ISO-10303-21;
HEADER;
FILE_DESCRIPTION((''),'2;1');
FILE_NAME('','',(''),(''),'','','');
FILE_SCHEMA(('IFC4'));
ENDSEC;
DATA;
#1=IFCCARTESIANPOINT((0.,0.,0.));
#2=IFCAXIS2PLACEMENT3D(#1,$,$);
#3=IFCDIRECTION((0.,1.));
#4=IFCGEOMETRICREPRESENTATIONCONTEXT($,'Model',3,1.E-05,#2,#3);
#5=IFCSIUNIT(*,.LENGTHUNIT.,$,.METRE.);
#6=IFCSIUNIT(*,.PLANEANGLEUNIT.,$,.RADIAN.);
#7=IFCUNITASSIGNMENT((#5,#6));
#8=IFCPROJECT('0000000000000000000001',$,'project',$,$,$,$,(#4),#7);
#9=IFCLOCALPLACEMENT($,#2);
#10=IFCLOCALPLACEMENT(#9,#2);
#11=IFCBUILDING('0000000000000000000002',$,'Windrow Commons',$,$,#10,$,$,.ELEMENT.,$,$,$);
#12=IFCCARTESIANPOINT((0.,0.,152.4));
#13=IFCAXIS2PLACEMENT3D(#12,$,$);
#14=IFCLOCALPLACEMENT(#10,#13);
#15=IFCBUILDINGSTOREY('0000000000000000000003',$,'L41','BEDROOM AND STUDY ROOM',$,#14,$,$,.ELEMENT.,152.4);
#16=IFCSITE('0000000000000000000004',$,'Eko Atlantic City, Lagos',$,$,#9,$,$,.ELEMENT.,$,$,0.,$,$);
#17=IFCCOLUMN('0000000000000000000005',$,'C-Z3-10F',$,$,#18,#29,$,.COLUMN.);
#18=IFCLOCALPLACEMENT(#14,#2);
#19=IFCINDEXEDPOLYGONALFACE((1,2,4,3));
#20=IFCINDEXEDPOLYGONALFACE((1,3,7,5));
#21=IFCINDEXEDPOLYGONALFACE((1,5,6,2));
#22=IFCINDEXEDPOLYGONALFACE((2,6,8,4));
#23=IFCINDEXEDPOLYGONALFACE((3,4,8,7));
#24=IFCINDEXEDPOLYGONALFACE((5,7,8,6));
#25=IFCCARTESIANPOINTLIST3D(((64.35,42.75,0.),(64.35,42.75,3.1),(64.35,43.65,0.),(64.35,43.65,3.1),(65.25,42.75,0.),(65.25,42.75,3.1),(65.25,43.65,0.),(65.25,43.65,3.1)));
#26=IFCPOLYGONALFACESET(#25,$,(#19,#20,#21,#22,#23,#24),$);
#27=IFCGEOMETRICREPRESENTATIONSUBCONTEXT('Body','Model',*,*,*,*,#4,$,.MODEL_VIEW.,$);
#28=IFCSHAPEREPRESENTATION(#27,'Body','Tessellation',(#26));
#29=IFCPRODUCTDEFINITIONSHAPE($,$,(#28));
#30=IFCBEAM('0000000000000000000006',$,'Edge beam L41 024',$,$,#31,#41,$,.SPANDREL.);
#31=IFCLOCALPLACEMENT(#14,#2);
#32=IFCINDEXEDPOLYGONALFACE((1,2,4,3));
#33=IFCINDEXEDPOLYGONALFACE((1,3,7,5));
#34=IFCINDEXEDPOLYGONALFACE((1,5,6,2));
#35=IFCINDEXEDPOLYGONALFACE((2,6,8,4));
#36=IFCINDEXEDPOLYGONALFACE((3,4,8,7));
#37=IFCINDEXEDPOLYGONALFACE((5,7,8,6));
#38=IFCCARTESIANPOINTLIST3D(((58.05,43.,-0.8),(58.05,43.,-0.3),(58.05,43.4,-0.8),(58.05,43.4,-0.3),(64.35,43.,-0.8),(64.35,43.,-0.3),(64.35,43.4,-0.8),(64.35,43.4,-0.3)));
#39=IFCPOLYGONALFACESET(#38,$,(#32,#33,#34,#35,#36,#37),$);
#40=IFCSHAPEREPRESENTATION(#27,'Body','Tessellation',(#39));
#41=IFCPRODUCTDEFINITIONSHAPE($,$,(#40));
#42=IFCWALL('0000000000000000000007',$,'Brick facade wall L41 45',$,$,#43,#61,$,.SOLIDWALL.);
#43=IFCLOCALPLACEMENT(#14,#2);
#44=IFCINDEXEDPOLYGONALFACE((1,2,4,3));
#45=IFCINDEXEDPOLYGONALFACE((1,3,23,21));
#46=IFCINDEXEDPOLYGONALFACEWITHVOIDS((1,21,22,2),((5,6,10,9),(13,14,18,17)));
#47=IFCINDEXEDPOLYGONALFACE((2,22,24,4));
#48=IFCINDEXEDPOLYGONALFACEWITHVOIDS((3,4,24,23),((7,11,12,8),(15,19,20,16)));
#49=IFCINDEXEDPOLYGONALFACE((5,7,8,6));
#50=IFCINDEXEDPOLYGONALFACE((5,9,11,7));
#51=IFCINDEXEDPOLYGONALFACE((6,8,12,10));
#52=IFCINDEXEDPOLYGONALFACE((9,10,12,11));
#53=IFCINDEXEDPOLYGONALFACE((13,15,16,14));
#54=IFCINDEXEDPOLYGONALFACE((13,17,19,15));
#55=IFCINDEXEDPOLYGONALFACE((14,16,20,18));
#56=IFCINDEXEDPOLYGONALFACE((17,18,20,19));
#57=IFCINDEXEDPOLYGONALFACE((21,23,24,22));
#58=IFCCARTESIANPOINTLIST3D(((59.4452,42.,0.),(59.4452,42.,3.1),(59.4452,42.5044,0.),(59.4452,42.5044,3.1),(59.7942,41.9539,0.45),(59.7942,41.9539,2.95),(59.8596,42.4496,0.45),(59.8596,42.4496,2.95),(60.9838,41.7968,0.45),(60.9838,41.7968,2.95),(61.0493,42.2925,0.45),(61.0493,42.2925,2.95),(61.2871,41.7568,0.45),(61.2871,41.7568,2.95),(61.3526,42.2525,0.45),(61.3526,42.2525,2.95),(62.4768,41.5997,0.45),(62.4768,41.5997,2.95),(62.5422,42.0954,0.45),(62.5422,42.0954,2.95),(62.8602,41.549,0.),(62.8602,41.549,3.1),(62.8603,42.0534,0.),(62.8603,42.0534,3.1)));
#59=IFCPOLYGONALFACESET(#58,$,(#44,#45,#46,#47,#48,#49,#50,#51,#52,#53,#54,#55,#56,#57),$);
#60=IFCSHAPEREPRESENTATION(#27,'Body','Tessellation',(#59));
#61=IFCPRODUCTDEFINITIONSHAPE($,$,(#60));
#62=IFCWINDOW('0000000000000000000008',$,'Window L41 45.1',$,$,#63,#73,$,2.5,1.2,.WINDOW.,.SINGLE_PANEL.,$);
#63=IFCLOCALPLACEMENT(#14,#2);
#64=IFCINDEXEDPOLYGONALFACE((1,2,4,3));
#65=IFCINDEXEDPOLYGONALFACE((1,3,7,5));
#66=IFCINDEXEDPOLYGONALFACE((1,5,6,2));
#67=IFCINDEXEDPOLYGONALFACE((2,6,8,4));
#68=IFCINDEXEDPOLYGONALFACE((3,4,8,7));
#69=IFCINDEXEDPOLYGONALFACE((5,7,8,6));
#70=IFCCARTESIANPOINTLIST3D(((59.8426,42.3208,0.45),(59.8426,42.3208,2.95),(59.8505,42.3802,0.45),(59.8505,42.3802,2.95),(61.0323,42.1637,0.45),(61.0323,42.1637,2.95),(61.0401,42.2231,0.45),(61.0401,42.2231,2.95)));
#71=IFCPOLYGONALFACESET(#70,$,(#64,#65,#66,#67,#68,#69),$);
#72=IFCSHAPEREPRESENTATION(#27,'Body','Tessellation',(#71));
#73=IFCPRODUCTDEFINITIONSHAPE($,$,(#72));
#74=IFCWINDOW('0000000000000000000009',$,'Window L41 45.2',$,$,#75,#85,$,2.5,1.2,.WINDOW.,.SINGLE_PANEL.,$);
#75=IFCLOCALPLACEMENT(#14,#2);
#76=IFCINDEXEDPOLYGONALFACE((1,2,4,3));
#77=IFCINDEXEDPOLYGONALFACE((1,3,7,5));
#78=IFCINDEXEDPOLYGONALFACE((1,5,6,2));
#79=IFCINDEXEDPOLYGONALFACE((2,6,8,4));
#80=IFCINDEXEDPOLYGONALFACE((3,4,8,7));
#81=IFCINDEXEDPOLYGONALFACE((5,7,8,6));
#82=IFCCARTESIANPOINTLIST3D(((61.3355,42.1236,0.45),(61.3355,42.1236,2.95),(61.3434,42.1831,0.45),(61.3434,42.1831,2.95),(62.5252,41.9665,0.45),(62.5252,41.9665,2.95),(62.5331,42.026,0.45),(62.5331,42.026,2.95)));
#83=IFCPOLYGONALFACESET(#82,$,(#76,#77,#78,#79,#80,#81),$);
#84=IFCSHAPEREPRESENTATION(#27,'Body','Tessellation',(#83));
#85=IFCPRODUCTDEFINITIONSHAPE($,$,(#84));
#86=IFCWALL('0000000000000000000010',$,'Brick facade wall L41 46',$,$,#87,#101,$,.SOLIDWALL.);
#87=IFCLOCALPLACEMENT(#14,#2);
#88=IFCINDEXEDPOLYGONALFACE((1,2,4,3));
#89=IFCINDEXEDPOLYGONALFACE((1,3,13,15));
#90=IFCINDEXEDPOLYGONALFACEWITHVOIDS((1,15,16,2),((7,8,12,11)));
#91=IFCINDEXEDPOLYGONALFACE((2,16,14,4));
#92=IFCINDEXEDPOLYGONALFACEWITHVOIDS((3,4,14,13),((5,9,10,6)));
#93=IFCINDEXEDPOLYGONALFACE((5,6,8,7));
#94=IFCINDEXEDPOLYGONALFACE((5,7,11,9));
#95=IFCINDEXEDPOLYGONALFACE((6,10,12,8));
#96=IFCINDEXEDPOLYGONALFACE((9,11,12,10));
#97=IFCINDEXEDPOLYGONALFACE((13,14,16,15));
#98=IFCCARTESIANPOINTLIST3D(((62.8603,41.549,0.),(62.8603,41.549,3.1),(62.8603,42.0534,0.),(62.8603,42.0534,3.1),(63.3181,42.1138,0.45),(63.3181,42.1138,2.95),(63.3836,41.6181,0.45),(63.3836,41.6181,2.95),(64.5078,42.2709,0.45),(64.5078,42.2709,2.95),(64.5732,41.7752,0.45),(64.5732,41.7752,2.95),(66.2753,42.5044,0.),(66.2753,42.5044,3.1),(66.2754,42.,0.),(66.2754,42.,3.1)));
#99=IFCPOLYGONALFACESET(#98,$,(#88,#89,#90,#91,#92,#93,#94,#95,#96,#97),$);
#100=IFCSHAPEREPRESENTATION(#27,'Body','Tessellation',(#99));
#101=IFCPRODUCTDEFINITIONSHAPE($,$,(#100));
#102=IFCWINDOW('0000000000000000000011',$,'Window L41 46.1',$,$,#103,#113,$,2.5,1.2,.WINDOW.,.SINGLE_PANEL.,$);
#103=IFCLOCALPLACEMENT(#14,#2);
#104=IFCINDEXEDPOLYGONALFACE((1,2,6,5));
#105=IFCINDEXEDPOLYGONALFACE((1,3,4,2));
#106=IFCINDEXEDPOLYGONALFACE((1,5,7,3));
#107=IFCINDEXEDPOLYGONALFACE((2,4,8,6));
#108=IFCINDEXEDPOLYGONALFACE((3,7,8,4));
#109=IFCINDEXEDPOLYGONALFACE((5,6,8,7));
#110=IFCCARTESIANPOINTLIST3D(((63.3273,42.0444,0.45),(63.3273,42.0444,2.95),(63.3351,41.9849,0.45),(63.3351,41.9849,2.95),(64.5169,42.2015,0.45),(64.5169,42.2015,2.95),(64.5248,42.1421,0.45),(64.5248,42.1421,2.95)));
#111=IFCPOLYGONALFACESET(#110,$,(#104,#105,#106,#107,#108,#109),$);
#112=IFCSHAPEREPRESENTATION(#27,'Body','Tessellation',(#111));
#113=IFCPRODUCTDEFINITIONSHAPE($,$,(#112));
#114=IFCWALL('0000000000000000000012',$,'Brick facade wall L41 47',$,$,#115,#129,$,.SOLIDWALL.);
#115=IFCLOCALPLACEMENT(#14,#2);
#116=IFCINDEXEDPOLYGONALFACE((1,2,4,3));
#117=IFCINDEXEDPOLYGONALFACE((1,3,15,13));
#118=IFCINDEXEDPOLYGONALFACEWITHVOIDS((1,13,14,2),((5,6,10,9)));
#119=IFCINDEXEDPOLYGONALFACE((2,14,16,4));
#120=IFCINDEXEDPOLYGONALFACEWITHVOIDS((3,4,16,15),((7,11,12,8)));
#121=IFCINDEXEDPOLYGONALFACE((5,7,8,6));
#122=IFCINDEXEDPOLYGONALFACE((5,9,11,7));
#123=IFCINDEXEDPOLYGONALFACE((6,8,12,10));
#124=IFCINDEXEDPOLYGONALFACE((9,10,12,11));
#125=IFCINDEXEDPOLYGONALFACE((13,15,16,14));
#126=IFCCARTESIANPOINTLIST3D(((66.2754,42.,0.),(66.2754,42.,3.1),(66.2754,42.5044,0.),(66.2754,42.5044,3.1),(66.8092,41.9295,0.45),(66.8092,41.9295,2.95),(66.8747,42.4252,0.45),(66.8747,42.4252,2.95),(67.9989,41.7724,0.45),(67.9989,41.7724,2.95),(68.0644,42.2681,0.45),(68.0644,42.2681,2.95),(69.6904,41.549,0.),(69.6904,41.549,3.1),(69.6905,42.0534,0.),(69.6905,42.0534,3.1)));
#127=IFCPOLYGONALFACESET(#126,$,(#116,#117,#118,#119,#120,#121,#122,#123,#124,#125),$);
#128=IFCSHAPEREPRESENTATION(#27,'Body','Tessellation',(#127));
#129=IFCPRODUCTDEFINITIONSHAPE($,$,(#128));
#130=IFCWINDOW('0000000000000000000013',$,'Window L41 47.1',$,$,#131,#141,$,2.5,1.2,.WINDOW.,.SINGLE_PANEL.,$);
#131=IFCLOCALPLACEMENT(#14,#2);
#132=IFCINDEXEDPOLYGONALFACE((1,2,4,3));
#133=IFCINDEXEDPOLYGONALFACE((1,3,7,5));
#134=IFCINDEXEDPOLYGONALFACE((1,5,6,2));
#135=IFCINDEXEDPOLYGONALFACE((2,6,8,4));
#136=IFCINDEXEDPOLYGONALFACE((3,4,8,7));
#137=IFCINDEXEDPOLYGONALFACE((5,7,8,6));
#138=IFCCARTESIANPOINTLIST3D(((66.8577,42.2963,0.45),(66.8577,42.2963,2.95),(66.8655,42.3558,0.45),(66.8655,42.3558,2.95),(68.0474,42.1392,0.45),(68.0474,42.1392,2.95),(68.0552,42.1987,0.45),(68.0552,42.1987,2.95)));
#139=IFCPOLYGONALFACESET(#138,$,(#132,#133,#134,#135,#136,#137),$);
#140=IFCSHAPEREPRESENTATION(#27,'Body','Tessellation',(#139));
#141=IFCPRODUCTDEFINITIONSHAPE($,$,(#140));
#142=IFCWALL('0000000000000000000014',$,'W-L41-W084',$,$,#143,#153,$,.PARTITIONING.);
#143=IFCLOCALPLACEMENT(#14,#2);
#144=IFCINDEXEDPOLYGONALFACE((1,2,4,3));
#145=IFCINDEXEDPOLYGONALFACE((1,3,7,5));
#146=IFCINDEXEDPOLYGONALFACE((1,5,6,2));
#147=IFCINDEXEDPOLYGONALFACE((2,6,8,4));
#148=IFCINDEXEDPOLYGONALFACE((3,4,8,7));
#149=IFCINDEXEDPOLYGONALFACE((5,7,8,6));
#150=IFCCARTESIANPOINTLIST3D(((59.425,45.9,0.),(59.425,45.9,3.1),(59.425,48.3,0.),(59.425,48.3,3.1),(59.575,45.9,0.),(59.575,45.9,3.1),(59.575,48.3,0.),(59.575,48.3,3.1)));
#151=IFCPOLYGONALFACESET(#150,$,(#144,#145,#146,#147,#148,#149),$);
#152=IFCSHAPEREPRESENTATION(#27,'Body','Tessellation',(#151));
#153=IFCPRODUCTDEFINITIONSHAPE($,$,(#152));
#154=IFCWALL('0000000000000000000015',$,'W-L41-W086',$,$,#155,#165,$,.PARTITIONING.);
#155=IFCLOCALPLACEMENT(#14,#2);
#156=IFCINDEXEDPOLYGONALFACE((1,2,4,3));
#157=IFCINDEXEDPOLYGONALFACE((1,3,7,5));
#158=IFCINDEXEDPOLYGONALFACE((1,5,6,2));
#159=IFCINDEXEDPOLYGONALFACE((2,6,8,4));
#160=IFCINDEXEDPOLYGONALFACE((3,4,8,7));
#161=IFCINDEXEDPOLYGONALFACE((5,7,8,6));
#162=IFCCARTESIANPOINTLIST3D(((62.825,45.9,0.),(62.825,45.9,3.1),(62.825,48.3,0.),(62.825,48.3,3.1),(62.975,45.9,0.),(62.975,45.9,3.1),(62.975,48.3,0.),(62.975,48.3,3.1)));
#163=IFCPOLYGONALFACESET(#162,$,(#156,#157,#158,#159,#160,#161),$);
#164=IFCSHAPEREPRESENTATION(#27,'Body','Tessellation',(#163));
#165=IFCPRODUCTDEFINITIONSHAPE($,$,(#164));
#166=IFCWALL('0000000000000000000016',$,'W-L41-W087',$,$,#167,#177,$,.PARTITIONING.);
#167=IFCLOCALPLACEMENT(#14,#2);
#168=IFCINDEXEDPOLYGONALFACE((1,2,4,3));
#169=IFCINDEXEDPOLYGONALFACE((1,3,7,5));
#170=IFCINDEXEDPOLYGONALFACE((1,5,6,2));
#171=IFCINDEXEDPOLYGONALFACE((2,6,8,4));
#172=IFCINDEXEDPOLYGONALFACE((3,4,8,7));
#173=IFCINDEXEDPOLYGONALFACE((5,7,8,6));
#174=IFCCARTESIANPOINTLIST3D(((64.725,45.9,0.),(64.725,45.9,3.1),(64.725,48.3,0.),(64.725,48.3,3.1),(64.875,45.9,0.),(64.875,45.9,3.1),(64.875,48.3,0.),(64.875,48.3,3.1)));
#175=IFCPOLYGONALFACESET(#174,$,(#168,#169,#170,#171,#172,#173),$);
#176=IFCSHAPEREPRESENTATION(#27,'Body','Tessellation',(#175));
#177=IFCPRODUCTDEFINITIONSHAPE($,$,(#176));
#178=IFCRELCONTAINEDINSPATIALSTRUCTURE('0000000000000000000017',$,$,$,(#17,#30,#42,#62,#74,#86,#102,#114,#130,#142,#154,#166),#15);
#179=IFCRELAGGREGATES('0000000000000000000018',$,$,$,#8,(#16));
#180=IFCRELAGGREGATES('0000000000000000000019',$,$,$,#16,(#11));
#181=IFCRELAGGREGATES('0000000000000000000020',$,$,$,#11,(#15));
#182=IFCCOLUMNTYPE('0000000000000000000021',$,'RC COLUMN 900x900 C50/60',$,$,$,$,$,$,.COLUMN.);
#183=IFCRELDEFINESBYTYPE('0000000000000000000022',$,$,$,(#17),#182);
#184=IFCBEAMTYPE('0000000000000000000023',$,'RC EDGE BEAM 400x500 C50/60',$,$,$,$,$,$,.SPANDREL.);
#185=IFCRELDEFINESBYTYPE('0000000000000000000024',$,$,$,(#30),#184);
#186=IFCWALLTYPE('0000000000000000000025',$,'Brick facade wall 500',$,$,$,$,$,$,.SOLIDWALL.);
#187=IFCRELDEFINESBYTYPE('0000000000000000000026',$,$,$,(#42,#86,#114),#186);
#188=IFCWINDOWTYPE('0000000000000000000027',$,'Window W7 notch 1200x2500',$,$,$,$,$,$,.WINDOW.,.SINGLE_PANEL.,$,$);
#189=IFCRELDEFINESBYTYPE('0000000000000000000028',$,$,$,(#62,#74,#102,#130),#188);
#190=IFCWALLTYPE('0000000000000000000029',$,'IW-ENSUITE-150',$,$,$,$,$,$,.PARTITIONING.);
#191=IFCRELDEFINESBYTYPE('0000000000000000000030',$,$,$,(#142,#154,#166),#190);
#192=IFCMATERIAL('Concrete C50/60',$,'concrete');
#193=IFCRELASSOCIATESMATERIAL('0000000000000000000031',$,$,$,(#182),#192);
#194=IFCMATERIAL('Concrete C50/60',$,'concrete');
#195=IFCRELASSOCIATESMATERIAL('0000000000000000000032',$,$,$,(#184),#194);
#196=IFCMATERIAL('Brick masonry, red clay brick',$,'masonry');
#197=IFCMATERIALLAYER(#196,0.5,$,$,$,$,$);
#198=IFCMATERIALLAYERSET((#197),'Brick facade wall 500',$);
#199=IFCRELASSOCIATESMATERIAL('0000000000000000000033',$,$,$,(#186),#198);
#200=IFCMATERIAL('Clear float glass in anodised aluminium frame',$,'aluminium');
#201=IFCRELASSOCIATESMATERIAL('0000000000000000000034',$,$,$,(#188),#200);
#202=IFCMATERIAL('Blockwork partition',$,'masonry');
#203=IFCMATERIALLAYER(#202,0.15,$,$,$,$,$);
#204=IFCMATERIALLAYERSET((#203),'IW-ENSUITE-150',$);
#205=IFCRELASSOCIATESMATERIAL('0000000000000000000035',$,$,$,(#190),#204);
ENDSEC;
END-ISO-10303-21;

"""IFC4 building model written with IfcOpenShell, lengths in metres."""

from ifc_helpers import new_model, si_unit, direction, frame, frame_2d, origin, origin_2d, place, context, subcontext, project, spatial, polyline, rectangle, outline, extrude, material, layer, layer_set, material_profile, profile_set, type_object, element, fill, save


model = new_model("IFC4")

# Units and contexts
model_context = context("Model", 3, precision=1e-05, world=origin(), true_north=direction((0.0, 1.0)))
body_context = subcontext(model_context, "Body", "Model", "MODEL_VIEW")
ifc_project = project(units=[si_unit("LENGTHUNIT", "METRE"), si_unit("PLANEANGLEUNIT", "RADIAN")], contexts=[model_context])

# Site, building, storey
site_placement = place(None, origin())
site = spatial("IfcSite", under=ifc_project, at=site_placement, Name="Eko Atlantic City, Lagos", CompositionType="ELEMENT", RefElevation=0.0)
building_placement = place(site_placement, origin())
building = spatial("IfcBuilding", under=site, at=building_placement, Name="Windrow Commons", CompositionType="ELEMENT")
storey_placement = place(building_placement, frame((0.0, 0.0, 152.4)))
storey = spatial("IfcBuildingStorey", under=building, at=storey_placement, Name="L41", Description="BEDROOM AND STUDY ROOM", CompositionType="ELEMENT", Elevation=152.4)

# Column
ifc_material_1 = material(Name="Concrete C50/60", Category="concrete")
ifc_material_profile_1 = material_profile(ifc_material_1, rectangle(XDim=0.9, YDim=0.9, at=origin_2d()))
ifc_profile_set_1 = profile_set([ifc_material_profile_1], Name="Concrete C50/60")
column_type = type_object("IfcColumnType", Name="RC COLUMN 900x900 C50/60", PredefinedType="COLUMN", material=ifc_profile_set_1)
column_placement = place(storey_placement, frame((64.8, 43.2, 0.0), z_axis=(0.0, 0.0, 1.0), x_axis=(1.0, 0.0, 0.0)))
element("IfcColumn", 1, at=column_placement, inside=storey, type_object=column_type, Name="C-Z3-10F", PredefinedType="COLUMN", context=body_context, shape_type="SweptSolid", body=[
    extrude(rectangle(XDim=0.9, YDim=0.9, at=origin_2d()), origin(), (0.0, 0.0, 1.0), 3.1),
])

# Beam
ifc_material_2 = material(Name="Concrete C50/60", Category="concrete")
ifc_material_profile_2 = material_profile(ifc_material_2, rectangle(XDim=0.4, YDim=0.5, at=origin_2d()))
ifc_profile_set_2 = profile_set([ifc_material_profile_2], Name="Concrete C50/60")
beam_type = type_object("IfcBeamType", Name="RC EDGE BEAM 400x500 C50/60", PredefinedType="SPANDREL", material=ifc_profile_set_2)
beam_placement = place(storey_placement, frame((64.35, 43.2, -0.55), z_axis=(-1.0, 0.0, 0.0), x_axis=(0.0, -1.0, 0.0)))
element("IfcBeam", 2, at=beam_placement, inside=storey, type_object=beam_type, Name="Edge beam L41 024", PredefinedType="SPANDREL", context=body_context, shape_type="SweptSolid", body=[
    extrude(rectangle(XDim=0.4, YDim=0.5, at=origin_2d()), origin(), (0.0, 0.0, 1.0), 6.3),
])

# Wall, openings, windows
ifc_material_3 = material(Name="Brick masonry, red clay brick", Category="masonry")
ifc_layer_1 = layer(ifc_material_3, 0.5)
ifc_layer_set_1 = layer_set([ifc_layer_1], Name="Brick facade wall 500")
wall_type_1 = type_object("IfcWallType", Name="Brick facade wall 500", PredefinedType="SOLIDWALL", material=ifc_layer_set_1)
wall_1_placement = place(storey_placement, frame((59.4452, 42.2522, 0.0), z_axis=(0.0, 0.0, 1.0), x_axis=(0.991392, -0.130924, 0.0)))
wall_1 = element("IfcWall", 3, at=wall_1_placement, inside=storey, type_object=wall_type_1, Name="Brick facade wall L41 45", PredefinedType="SOLIDWALL", context=body_context, shape_type="SweptSolid", body=[
    extrude(outline(polyline([(0.033, -0.25), (3.4777, -0.25), (3.4117, 0.25), (-0.033, 0.25), (0.033, -0.25)])), origin(), (0.0, 0.0, 1.0), 3.1),
])
opening_1_placement = place(wall_1_placement, frame((0.385, 0.0, 0.45)))
opening_1 = element("IfcOpeningElement", 4, at=opening_1_placement, cuts=wall_1, PredefinedType="OPENING", context=body_context, shape_type="SweptSolid", body=[
    extrude(rectangle(XDim=1.2, YDim=2.5, at=frame_2d((0.6, 1.25))), frame((0.0, 0.26, 0.0), z_axis=(0.0, -1.0, 0.0), x_axis=(1.0, 0.0, 0.0)), (0.0, 0.0, 1.0), 0.52),
])
opening_2_placement = place(wall_1_placement, frame((1.8909, 0.0, 0.45)))
opening_2 = element("IfcOpeningElement", 5, at=opening_2_placement, cuts=wall_1, PredefinedType="OPENING", context=body_context, shape_type="SweptSolid", body=[
    extrude(rectangle(XDim=1.2, YDim=2.5, at=frame_2d((0.6, 1.25))), frame((0.0, 0.26, 0.0), z_axis=(0.0, -1.0, 0.0), x_axis=(1.0, 0.0, 0.0)), (0.0, 0.0, 1.0), 0.52),
])
ifc_material_4 = material(Name="Clear float glass in anodised aluminium frame", Category="aluminium")
window_type = type_object("IfcWindowType", Name="Window W7 notch 1200x2500", PartitioningType="SINGLE_PANEL", PredefinedType="WINDOW", material=ifc_material_4)
window_1_placement = place(opening_1_placement, origin())
window_1 = element("IfcWindow", 6, at=window_1_placement, inside=storey, type_object=window_type, Name="Window L41 45.1", OverallHeight=2.5, OverallWidth=1.2, PartitioningType="SINGLE_PANEL", PredefinedType="WINDOW", context=body_context, shape_type="SweptSolid", body=[
    extrude(rectangle(XDim=1.2, YDim=2.5, at=frame_2d((0.6, 1.25))), frame((0.0, 0.18, 0.0), z_axis=(0.0, -1.0, 0.0), x_axis=(1.0, 0.0, 0.0)), (0.0, 0.0, 1.0), 0.06),
])
fill(opening_1, window_1)
window_2_placement = place(opening_2_placement, origin())
window_2 = element("IfcWindow", 7, at=window_2_placement, inside=storey, type_object=window_type, Name="Window L41 45.2", OverallHeight=2.5, OverallWidth=1.2, PartitioningType="SINGLE_PANEL", PredefinedType="WINDOW", context=body_context, shape_type="SweptSolid", body=[
    extrude(rectangle(XDim=1.2, YDim=2.5, at=frame_2d((0.6, 1.25))), frame((0.0, 0.18, 0.0), z_axis=(0.0, -1.0, 0.0), x_axis=(1.0, 0.0, 0.0)), (0.0, 0.0, 1.0), 0.06),
])
fill(opening_2, window_2)

# Walls, openings, windows
wall_2_placement = place(storey_placement, frame((62.8603, 41.8012, 0.0), z_axis=(0.0, 0.0, 1.0), x_axis=(0.991392, 0.130924, 0.0)))
wall_2 = element("IfcWall", 8, at=wall_2_placement, inside=storey, type_object=wall_type_1, Name="Brick facade wall L41 46", PredefinedType="SOLIDWALL", context=body_context, shape_type="SweptSolid", body=[
    extrude(outline(polyline([(-0.033, -0.25), (3.4117, -0.25), (3.4777, 0.25), (0.033, 0.25), (-0.033, -0.25)])), origin(), (0.0, 0.0, 1.0), 3.1),
])
opening_3_placement = place(wall_2_placement, frame((0.4948, 0.0, 0.45)))
opening_3 = element("IfcOpeningElement", 9, at=opening_3_placement, cuts=wall_2, PredefinedType="OPENING", context=body_context, shape_type="SweptSolid", body=[
    extrude(rectangle(XDim=1.2, YDim=2.5, at=frame_2d((0.6, 1.25))), frame((0.0, 0.26, 0.0), z_axis=(0.0, -1.0, 0.0), x_axis=(1.0, 0.0, 0.0)), (0.0, 0.0, 1.0), 0.52),
])
window_3_placement = place(opening_3_placement, origin())
window_3 = element("IfcWindow", 10, at=window_3_placement, inside=storey, type_object=window_type, Name="Window L41 46.1", OverallHeight=2.5, OverallWidth=1.2, PartitioningType="SINGLE_PANEL", PredefinedType="WINDOW", context=body_context, shape_type="SweptSolid", body=[
    extrude(rectangle(XDim=1.2, YDim=2.5, at=frame_2d((0.6, 1.25))), frame((0.0, 0.18, 0.0), z_axis=(0.0, -1.0, 0.0), x_axis=(1.0, 0.0, 0.0)), (0.0, 0.0, 1.0), 0.06),
])
fill(opening_3, window_3)
wall_3_placement = place(storey_placement, frame((66.2754, 42.2522, 0.0), z_axis=(0.0, 0.0, 1.0), x_axis=(0.991392, -0.130928, 0.0)))
wall_3 = element("IfcWall", 11, at=wall_3_placement, inside=storey, type_object=wall_type_1, Name="Brick facade wall L41 47", PredefinedType="SOLIDWALL", context=body_context, shape_type="SweptSolid", body=[
    extrude(outline(polyline([(0.033, -0.25), (3.4777, -0.25), (3.4117, 0.25), (-0.033, 0.25), (0.033, -0.25)])), origin(), (0.0, 0.0, 1.0), 3.1),
])
opening_4_placement = place(wall_3_placement, frame((0.5715, 0.0, 0.45)))
opening_4 = element("IfcOpeningElement", 12, at=opening_4_placement, cuts=wall_3, PredefinedType="OPENING", context=body_context, shape_type="SweptSolid", body=[
    extrude(rectangle(XDim=1.2, YDim=2.5, at=frame_2d((0.6, 1.25))), frame((0.0, 0.26, 0.0), z_axis=(0.0, -1.0, 0.0), x_axis=(1.0, 0.0, 0.0)), (0.0, 0.0, 1.0), 0.52),
])
window_4_placement = place(opening_4_placement, origin())
window_4 = element("IfcWindow", 13, at=window_4_placement, inside=storey, type_object=window_type, Name="Window L41 47.1", OverallHeight=2.5, OverallWidth=1.2, PartitioningType="SINGLE_PANEL", PredefinedType="WINDOW", context=body_context, shape_type="SweptSolid", body=[
    extrude(rectangle(XDim=1.2, YDim=2.5, at=frame_2d((0.6, 1.25))), frame((0.0, 0.18, 0.0), z_axis=(0.0, -1.0, 0.0), x_axis=(1.0, 0.0, 0.0)), (0.0, 0.0, 1.0), 0.06),
])
fill(opening_4, window_4)

# Walls
ifc_material_5 = material(Name="Blockwork partition", Category="masonry")
ifc_layer_2 = layer(ifc_material_5, 0.15)
ifc_layer_set_2 = layer_set([ifc_layer_2], Name="IW-ENSUITE-150")
wall_type_2 = type_object("IfcWallType", Name="IW-ENSUITE-150", PredefinedType="PARTITIONING", material=ifc_layer_set_2)
for number, where, z_axis, x_axis, name in (
    (14, (59.5, 45.9, 0.0), (0.0, 0.0, 1.0), (0.0, 1.0, 0.0), "W-L41-W084"),
    (15, (62.9, 45.9, 0.0), (0.0, 0.0, 1.0), (0.0, 1.0, 0.0), "W-L41-W086"),
    (16, (64.8, 45.9, 0.0), (0.0, 0.0, 1.0), (0.0, 1.0, 0.0), "W-L41-W087"),
):
    element("IfcWall", number, at=place(storey_placement, frame(where, z_axis=z_axis, x_axis=x_axis)), inside=storey, type_object=wall_type_2, Name=name, PredefinedType="PARTITIONING", context=body_context, shape_type="SweptSolid", body=[
        extrude(rectangle(XDim=2.4, YDim=0.15, at=frame_2d((1.2, 0.0))), origin(), (0.0, 0.0, 1.0), 3.1),
    ])

save(model, "model.ifc")
